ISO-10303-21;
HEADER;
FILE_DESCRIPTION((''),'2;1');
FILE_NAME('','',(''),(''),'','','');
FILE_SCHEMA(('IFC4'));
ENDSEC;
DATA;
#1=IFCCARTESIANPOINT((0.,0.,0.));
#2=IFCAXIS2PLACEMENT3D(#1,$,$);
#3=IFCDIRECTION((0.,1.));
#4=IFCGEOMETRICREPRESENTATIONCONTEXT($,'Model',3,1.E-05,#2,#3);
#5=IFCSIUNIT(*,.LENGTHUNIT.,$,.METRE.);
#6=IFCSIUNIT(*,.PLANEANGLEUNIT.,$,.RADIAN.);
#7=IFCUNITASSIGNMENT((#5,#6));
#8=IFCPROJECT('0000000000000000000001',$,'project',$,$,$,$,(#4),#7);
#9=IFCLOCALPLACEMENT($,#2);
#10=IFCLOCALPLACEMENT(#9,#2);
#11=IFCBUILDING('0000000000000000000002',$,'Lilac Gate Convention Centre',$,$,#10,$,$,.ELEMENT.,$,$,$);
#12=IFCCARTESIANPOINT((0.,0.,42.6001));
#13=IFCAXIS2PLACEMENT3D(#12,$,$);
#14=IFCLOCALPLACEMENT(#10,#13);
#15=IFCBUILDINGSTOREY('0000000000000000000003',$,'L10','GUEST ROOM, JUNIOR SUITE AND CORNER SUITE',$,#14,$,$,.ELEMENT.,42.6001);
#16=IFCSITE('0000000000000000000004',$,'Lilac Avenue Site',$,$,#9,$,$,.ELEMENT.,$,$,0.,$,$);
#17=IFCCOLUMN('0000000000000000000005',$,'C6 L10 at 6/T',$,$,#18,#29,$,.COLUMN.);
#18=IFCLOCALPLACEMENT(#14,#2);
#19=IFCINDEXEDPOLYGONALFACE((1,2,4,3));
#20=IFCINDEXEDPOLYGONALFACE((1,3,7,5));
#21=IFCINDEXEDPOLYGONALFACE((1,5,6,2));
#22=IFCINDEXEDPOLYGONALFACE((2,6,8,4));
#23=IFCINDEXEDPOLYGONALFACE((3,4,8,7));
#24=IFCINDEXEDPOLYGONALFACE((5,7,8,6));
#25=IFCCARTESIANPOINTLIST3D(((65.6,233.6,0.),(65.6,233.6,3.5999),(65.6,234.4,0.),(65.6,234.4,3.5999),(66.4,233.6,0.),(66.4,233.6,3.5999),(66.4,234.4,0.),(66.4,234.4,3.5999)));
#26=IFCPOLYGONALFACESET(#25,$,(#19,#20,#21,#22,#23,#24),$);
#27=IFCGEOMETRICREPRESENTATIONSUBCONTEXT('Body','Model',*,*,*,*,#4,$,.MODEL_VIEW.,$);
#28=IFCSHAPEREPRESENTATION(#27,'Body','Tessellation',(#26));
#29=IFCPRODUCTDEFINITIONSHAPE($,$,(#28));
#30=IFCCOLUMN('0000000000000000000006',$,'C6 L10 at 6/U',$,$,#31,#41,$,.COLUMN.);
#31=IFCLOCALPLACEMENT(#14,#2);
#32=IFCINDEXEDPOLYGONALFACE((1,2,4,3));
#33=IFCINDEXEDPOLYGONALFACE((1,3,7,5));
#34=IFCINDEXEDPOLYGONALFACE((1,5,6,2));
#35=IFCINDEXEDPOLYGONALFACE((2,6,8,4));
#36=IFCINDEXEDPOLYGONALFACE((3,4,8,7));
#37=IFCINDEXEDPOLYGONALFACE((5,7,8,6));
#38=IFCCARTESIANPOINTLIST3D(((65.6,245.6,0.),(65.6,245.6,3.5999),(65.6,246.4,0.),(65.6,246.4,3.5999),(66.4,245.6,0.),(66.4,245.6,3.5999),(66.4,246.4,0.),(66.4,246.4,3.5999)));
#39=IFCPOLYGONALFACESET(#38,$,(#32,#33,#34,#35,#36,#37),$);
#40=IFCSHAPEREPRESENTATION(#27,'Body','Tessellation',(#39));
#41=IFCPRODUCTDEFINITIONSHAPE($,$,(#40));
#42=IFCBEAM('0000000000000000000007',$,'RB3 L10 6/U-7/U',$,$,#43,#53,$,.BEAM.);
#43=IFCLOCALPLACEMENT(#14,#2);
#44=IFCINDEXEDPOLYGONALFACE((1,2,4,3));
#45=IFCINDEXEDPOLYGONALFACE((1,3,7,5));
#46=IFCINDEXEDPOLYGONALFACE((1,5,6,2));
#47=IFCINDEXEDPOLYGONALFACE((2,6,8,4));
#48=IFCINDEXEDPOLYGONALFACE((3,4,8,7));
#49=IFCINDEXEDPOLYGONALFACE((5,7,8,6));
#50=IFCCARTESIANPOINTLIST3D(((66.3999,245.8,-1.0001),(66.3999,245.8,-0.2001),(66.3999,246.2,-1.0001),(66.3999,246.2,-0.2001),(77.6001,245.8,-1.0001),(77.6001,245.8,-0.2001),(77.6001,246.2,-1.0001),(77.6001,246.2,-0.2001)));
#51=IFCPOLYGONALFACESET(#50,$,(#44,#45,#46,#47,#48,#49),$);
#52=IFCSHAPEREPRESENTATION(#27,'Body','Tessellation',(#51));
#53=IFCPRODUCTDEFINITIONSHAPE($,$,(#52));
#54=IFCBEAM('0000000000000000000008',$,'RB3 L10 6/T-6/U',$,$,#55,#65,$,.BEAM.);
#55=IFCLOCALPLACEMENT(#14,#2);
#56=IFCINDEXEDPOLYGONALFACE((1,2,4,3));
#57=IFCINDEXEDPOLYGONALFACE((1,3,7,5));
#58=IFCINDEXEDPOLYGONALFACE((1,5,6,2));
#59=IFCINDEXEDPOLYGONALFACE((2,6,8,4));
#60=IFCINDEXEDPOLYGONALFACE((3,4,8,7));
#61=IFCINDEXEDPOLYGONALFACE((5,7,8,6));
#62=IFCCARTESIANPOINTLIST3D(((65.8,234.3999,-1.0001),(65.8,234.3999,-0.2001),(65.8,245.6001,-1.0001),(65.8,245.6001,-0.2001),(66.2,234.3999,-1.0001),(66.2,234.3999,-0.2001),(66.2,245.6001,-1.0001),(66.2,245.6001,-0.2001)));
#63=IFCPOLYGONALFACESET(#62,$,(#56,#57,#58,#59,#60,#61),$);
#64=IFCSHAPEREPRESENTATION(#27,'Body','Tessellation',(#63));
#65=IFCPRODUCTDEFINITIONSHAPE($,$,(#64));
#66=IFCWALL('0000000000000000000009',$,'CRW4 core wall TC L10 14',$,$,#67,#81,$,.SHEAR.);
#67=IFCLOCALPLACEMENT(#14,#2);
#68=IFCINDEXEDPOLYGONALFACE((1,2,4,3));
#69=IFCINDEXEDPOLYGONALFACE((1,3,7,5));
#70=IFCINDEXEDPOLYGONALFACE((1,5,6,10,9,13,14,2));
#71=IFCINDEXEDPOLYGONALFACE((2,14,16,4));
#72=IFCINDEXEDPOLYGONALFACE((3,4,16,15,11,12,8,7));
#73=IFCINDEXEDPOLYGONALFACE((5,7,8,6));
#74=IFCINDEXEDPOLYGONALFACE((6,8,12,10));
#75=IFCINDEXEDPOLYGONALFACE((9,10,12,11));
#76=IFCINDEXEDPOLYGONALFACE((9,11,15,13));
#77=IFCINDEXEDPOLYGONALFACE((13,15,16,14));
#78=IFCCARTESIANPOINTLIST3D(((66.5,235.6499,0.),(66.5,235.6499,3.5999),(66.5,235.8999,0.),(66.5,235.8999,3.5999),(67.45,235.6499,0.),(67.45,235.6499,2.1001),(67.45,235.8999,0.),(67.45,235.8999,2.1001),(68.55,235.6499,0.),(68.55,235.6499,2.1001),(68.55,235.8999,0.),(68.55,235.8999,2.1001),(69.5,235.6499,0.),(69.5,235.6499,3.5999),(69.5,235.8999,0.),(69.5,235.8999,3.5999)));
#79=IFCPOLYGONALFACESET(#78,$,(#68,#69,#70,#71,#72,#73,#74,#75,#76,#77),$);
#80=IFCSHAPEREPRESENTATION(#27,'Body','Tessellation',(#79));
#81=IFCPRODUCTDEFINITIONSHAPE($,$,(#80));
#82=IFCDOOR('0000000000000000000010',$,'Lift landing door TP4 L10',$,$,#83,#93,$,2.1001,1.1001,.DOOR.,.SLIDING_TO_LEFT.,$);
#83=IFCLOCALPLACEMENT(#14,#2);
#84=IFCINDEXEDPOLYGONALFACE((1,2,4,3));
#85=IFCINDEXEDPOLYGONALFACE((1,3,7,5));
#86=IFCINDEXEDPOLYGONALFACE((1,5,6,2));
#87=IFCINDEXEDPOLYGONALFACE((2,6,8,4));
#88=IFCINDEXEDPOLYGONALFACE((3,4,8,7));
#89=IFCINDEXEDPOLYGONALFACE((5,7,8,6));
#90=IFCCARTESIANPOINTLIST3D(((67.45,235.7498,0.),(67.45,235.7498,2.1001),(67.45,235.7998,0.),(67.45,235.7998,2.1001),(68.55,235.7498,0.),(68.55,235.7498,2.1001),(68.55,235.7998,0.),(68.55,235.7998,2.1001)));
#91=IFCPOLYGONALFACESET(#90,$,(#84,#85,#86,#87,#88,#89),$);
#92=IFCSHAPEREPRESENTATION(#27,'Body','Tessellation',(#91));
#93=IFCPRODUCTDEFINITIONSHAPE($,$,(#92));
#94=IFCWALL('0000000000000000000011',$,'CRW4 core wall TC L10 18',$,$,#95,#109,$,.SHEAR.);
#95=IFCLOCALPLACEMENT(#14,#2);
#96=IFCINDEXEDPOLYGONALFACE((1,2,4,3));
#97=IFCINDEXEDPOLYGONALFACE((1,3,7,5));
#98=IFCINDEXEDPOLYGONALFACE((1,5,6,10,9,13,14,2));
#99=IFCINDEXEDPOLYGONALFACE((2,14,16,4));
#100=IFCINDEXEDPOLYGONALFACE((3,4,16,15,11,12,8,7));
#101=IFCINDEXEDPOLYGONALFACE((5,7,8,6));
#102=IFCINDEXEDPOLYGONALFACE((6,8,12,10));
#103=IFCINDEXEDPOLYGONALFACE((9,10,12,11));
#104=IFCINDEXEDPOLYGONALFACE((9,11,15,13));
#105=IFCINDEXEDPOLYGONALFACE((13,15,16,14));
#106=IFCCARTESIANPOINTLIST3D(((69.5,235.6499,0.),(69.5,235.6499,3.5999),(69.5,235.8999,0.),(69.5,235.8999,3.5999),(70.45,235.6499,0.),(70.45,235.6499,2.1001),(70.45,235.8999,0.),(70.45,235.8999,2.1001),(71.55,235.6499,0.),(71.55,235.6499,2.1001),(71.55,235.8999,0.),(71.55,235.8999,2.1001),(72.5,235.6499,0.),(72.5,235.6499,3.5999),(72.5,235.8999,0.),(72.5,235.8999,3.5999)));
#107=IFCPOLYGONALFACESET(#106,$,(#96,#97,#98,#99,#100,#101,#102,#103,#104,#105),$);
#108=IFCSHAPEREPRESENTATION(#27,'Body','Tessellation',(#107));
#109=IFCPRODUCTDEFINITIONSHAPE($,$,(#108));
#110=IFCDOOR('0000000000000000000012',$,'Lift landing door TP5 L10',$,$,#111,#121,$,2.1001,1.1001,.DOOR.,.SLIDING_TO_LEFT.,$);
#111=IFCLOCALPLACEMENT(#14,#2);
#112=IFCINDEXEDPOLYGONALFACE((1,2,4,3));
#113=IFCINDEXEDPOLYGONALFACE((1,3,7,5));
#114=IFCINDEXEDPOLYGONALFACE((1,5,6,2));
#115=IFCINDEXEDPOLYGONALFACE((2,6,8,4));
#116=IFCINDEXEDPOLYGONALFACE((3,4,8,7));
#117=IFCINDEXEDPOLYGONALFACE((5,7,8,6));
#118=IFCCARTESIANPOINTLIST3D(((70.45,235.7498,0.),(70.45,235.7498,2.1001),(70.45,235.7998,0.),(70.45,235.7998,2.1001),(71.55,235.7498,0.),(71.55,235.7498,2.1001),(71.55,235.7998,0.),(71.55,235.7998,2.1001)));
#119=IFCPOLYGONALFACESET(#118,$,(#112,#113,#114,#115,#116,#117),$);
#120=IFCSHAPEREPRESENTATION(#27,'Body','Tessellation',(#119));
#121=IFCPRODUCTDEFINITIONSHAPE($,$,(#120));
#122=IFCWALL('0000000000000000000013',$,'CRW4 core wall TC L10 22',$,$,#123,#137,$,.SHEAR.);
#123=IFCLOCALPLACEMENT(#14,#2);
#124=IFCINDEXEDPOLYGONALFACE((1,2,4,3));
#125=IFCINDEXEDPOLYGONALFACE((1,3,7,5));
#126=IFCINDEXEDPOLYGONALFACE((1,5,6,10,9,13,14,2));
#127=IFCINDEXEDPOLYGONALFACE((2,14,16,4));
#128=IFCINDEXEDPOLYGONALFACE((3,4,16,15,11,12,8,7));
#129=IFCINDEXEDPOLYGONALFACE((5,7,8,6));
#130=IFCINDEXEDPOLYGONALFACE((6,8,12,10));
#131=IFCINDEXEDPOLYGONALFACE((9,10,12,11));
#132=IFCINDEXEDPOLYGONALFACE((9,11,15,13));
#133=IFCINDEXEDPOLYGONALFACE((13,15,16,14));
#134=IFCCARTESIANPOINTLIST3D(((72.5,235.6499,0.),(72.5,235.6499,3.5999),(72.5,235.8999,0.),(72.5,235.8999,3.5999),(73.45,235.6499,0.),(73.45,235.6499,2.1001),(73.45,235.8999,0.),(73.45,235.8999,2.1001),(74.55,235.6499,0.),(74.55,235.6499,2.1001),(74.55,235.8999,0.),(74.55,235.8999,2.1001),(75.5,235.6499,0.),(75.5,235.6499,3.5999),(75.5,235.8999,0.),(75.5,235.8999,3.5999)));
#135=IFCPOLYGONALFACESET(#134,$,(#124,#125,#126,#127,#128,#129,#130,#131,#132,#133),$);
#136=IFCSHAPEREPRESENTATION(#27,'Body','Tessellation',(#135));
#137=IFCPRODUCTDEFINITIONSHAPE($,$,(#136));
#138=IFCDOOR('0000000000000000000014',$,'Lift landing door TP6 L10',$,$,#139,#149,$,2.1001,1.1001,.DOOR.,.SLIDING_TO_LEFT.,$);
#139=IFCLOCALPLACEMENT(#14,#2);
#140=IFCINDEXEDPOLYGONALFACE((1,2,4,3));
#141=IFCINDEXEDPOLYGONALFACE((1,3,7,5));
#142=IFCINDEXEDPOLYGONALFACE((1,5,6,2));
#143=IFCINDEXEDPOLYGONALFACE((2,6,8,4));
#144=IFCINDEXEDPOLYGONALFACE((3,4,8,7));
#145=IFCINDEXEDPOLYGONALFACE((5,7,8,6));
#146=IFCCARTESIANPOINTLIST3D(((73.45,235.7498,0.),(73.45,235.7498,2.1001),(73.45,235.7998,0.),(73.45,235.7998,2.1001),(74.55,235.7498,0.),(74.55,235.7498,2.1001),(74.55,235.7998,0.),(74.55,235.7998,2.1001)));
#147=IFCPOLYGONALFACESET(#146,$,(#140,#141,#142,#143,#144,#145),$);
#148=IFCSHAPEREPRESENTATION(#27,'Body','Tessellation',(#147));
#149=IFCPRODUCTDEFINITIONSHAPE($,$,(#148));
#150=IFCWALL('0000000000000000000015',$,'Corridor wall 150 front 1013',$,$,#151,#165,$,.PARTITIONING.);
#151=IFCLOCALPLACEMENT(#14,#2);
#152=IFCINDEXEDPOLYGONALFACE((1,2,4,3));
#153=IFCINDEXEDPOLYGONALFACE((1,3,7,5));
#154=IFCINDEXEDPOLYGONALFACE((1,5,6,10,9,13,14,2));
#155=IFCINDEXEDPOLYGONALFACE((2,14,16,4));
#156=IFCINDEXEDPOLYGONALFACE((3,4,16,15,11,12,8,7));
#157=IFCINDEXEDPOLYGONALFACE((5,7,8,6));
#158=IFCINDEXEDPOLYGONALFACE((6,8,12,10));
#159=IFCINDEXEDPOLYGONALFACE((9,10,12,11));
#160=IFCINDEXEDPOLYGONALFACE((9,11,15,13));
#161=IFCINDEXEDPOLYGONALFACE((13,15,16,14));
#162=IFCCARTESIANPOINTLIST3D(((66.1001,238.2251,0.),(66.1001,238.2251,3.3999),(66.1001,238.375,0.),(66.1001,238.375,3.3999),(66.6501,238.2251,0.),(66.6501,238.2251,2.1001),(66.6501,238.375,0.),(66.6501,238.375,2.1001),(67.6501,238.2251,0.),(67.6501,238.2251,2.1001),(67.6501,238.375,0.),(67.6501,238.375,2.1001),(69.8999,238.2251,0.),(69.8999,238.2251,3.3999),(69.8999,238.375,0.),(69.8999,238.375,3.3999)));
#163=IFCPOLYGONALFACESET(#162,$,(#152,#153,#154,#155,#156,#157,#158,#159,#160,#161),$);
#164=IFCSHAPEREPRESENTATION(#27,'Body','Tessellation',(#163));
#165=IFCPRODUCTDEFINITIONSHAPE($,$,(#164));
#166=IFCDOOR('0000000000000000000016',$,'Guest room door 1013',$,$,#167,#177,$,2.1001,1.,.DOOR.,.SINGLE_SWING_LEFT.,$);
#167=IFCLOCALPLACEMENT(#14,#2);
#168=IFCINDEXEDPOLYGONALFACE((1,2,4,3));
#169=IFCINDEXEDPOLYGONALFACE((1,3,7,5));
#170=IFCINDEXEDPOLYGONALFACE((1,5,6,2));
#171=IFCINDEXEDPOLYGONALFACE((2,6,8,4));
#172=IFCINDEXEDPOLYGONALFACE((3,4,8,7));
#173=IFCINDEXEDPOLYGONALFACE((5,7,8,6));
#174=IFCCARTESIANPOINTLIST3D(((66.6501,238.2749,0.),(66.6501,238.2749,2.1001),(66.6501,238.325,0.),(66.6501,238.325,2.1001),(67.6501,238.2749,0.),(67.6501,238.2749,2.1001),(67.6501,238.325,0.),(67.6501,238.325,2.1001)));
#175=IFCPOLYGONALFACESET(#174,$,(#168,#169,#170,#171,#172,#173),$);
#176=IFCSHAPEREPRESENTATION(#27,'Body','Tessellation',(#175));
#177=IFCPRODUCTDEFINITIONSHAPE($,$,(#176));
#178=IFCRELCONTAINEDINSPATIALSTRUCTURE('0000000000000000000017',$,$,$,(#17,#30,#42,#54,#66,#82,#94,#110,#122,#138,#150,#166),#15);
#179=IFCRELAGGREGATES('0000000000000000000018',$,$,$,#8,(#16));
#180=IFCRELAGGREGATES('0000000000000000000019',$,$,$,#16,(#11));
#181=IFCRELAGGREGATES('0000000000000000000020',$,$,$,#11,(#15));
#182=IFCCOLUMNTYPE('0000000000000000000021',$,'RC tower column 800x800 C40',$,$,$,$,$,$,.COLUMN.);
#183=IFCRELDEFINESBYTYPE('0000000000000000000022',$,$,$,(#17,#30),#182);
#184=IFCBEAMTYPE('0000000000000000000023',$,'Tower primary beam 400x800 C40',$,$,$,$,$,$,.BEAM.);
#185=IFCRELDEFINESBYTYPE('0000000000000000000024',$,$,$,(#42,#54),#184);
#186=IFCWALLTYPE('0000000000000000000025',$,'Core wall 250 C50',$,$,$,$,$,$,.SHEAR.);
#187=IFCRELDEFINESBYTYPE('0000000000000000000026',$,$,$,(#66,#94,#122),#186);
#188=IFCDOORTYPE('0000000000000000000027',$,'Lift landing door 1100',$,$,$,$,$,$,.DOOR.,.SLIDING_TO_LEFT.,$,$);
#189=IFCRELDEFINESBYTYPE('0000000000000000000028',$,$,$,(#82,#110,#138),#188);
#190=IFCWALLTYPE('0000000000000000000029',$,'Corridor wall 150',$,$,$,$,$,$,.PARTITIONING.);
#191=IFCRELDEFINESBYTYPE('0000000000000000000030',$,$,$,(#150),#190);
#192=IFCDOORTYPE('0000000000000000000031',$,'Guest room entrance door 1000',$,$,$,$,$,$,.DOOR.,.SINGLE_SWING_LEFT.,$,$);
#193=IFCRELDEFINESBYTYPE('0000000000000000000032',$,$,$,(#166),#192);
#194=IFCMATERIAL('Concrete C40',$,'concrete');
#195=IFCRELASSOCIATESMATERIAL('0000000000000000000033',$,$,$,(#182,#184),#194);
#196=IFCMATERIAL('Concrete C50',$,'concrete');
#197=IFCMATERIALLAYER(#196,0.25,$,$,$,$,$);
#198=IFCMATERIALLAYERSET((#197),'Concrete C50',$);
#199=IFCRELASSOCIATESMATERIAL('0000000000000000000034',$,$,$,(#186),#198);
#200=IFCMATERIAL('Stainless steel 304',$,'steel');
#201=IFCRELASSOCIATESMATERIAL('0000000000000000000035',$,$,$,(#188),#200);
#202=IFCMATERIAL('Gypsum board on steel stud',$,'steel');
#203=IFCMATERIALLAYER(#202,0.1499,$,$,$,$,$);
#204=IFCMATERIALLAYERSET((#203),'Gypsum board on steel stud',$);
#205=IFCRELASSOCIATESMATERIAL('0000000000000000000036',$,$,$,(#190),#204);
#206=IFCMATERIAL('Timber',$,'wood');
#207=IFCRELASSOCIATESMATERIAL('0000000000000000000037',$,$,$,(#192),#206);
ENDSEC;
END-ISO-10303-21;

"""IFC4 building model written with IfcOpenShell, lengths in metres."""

from ifc_helpers import new_model, si_unit, direction, frame, frame_2d, origin, origin_2d, place, context, subcontext, project, spatial, rectangle, extrude, material, layer, layer_set, material_profile, profile_set, type_object, element, fill, save


model = new_model("IFC4")

# Units and contexts
model_context = context("Model", 3, precision=1e-05, world=origin(), true_north=direction((0.0, 1.0)))
body_context = subcontext(model_context, "Body", "Model", "MODEL_VIEW")
ifc_project = project(units=[si_unit("LENGTHUNIT", "METRE"), si_unit("PLANEANGLEUNIT", "RADIAN")], contexts=[model_context])

# Site, building, storey
site_placement = place(None, origin())
site = spatial("IfcSite", under=ifc_project, at=site_placement, Name="Lilac Avenue Site", CompositionType="ELEMENT", RefElevation=0.0)
building_placement = place(site_placement, origin())
building = spatial("IfcBuilding", under=site, at=building_placement, Name="Lilac Gate Convention Centre", CompositionType="ELEMENT")
storey_placement = place(building_placement, frame((0.0, 0.0, 42.6001)))
storey = spatial("IfcBuildingStorey", under=building, at=storey_placement, Name="L10", Description="GUEST ROOM, JUNIOR SUITE AND CORNER SUITE", CompositionType="ELEMENT", Elevation=42.6001)

# Columns
ifc_material_1 = material(Name="Concrete C40", Category="concrete")
ifc_material_profile_1 = material_profile(ifc_material_1, rectangle(XDim=0.8, YDim=0.8, at=origin_2d()), Name="RC 800x800")
ifc_profile_set_1 = profile_set([ifc_material_profile_1], Name="Concrete C40")
column_type = type_object("IfcColumnType", Name="RC tower column 800x800 C40", PredefinedType="COLUMN", material=ifc_profile_set_1)
for number, where, z_axis, x_axis, name in (
    (1, (66.0, 234.0, 0.0), (0.0, 0.0, 1.0), (1.0, 0.0, 0.0), "C6 L10 at 6/T"),
    (2, (66.0, 246.0, 0.0), (0.0, 0.0, 1.0), (1.0, 0.0, 0.0), "C6 L10 at 6/U"),
):
    element("IfcColumn", number, at=place(storey_placement, frame(where, z_axis=z_axis, x_axis=x_axis)), inside=storey, type_object=column_type, Name=name, PredefinedType="COLUMN", context=body_context, shape_type="SweptSolid", body=[
        extrude(rectangle(XDim=0.8, YDim=0.8, at=origin_2d()), origin(), (0.0, 0.0, 1.0), 3.5999),
    ])

# Beams
ifc_material_profile_2 = material_profile(ifc_material_1, rectangle(XDim=0.3999, YDim=0.8, at=origin_2d()), Name="RC 400x800")
ifc_profile_set_2 = profile_set([ifc_material_profile_2], Name="Concrete C40")
beam_type = type_object("IfcBeamType", Name="Tower primary beam 400x800 C40", PredefinedType="BEAM", material=ifc_profile_set_2)
for number, where, z_axis, x_axis, name in (
    (3, (66.3999, 246.0, -0.6001), (1.0, 0.0, 0.0), (0.0, 1.0, 0.0), "RB3 L10 6/U-7/U"),
    (4, (66.0, 234.3999, -0.6001), (0.0, 1.0, 0.0), (-1.0, 0.0, 0.0), "RB3 L10 6/T-6/U"),
):
    element("IfcBeam", number, at=place(storey_placement, frame(where, z_axis=z_axis, x_axis=x_axis)), inside=storey, type_object=beam_type, Name=name, PredefinedType="BEAM", context=body_context, shape_type="SweptSolid", body=[
        extrude(rectangle(XDim=0.3999, YDim=0.8, at=origin_2d()), origin(), (0.0, 0.0, 1.0), 11.2002),
    ])

# Walls, openings, doors
ifc_material_2 = material(Name="Concrete C50", Category="concrete")
ifc_layer_1 = layer(ifc_material_2, 0.25)
ifc_layer_set_1 = layer_set([ifc_layer_1], Name="Concrete C50")
wall_type_1 = type_object("IfcWallType", Name="Core wall 250 C50", PredefinedType="SHEAR", material=ifc_layer_set_1)
wall_1_placement = place(storey_placement, frame((66.5, 235.7749, 0.0), z_axis=(0.0, 0.0, 1.0), x_axis=(1.0, 0.0, 0.0)))
wall_1 = element("IfcWall", 5, at=wall_1_placement, inside=storey, type_object=wall_type_1, Name="CRW4 core wall TC L10 14", PredefinedType="SHEAR", context=body_context, shape_type="SweptSolid", body=[
    extrude(rectangle(XDim=3.0, YDim=0.25, at=frame_2d((1.5, 0.0))), origin(), (0.0, 0.0, 1.0), 3.5999),
])
opening_1_placement = place(wall_1_placement, frame((0.95, 0.0, 0.0)))
opening_1 = element("IfcOpeningElement", 6, at=opening_1_placement, cuts=wall_1, PredefinedType="OPENING", context=body_context, shape_type="SweptSolid", body=[
    extrude(rectangle(XDim=1.1001, YDim=2.1001, at=frame_2d((0.55, 1.05))), frame((0.0, 0.135, 0.0), z_axis=(0.0, -1.0, 0.0), x_axis=(1.0, 0.0, 0.0)), (0.0, 0.0, 1.0), 0.27),
])
ifc_material_3 = material(Name="Stainless steel 304", Category="steel")
door_type_1 = type_object("IfcDoorType", Name="Lift landing door 1100", OperationType="SLIDING_TO_LEFT", PredefinedType="DOOR", material=ifc_material_3)
door_1_placement = place(opening_1_placement, origin())
door_1 = element("IfcDoor", 7, at=door_1_placement, inside=storey, type_object=door_type_1, Name="Lift landing door TP4 L10", OperationType="SLIDING_TO_LEFT", OverallHeight=2.1001, OverallWidth=1.1001, PredefinedType="DOOR", context=body_context, shape_type="SweptSolid", body=[
    extrude(rectangle(XDim=1.1001, YDim=2.1001, at=frame_2d((0.55, 1.05))), frame((0.0, 0.0249, 0.0), z_axis=(0.0, -1.0, 0.0), x_axis=(1.0, 0.0, 0.0)), (0.0, 0.0, 1.0), 0.05),
])
fill(opening_1, door_1)
wall_2_placement = place(storey_placement, frame((69.5, 235.7749, 0.0), z_axis=(0.0, 0.0, 1.0), x_axis=(1.0, 0.0, 0.0)))
wall_2 = element("IfcWall", 8, at=wall_2_placement, inside=storey, type_object=wall_type_1, Name="CRW4 core wall TC L10 18", PredefinedType="SHEAR", context=body_context, shape_type="SweptSolid", body=[
    extrude(rectangle(XDim=3.0, YDim=0.25, at=frame_2d((1.5, 0.0))), origin(), (0.0, 0.0, 1.0), 3.5999),
])
opening_2_placement = place(wall_2_placement, frame((0.95, 0.0, 0.0)))
opening_2 = element("IfcOpeningElement", 9, at=opening_2_placement, cuts=wall_2, PredefinedType="OPENING", context=body_context, shape_type="SweptSolid", body=[
    extrude(rectangle(XDim=1.1001, YDim=2.1001, at=frame_2d((0.55, 1.05))), frame((0.0, 0.135, 0.0), z_axis=(0.0, -1.0, 0.0), x_axis=(1.0, 0.0, 0.0)), (0.0, 0.0, 1.0), 0.27),
])
door_2_placement = place(opening_2_placement, origin())
door_2 = element("IfcDoor", 10, at=door_2_placement, inside=storey, type_object=door_type_1, Name="Lift landing door TP5 L10", OperationType="SLIDING_TO_LEFT", OverallHeight=2.1001, OverallWidth=1.1001, PredefinedType="DOOR", context=body_context, shape_type="SweptSolid", body=[
    extrude(rectangle(XDim=1.1001, YDim=2.1001, at=frame_2d((0.55, 1.05))), frame((0.0, 0.0249, 0.0), z_axis=(0.0, -1.0, 0.0), x_axis=(1.0, 0.0, 0.0)), (0.0, 0.0, 1.0), 0.05),
])
fill(opening_2, door_2)
wall_3_placement = place(storey_placement, frame((72.5, 235.7749, 0.0), z_axis=(0.0, 0.0, 1.0), x_axis=(1.0, 0.0, 0.0)))
wall_3 = element("IfcWall", 11, at=wall_3_placement, inside=storey, type_object=wall_type_1, Name="CRW4 core wall TC L10 22", PredefinedType="SHEAR", context=body_context, shape_type="SweptSolid", body=[
    extrude(rectangle(XDim=3.0, YDim=0.25, at=frame_2d((1.5, 0.0))), origin(), (0.0, 0.0, 1.0), 3.5999),
])
opening_3_placement = place(wall_3_placement, frame((0.95, 0.0, 0.0)))
opening_3 = element("IfcOpeningElement", 12, at=opening_3_placement, cuts=wall_3, PredefinedType="OPENING", context=body_context, shape_type="SweptSolid", body=[
    extrude(rectangle(XDim=1.1001, YDim=2.1001, at=frame_2d((0.55, 1.05))), frame((0.0, 0.135, 0.0), z_axis=(0.0, -1.0, 0.0), x_axis=(1.0, 0.0, 0.0)), (0.0, 0.0, 1.0), 0.27),
])
door_3_placement = place(opening_3_placement, origin())
door_3 = element("IfcDoor", 13, at=door_3_placement, inside=storey, type_object=door_type_1, Name="Lift landing door TP6 L10", OperationType="SLIDING_TO_LEFT", OverallHeight=2.1001, OverallWidth=1.1001, PredefinedType="DOOR", context=body_context, shape_type="SweptSolid", body=[
    extrude(rectangle(XDim=1.1001, YDim=2.1001, at=frame_2d((0.55, 1.05))), frame((0.0, 0.0249, 0.0), z_axis=(0.0, -1.0, 0.0), x_axis=(1.0, 0.0, 0.0)), (0.0, 0.0, 1.0), 0.05),
])
fill(opening_3, door_3)
ifc_material_4 = material(Name="Gypsum board on steel stud", Category="steel")
ifc_layer_2 = layer(ifc_material_4, 0.1499)
ifc_layer_set_2 = layer_set([ifc_layer_2], Name="Gypsum board on steel stud")
wall_type_2 = type_object("IfcWallType", Name="Corridor wall 150", PredefinedType="PARTITIONING", material=ifc_layer_set_2)
wall_4_placement = place(storey_placement, frame((66.1001, 238.3, 0.0), z_axis=(0.0, 0.0, 1.0), x_axis=(1.0, 0.0, 0.0)))
wall_4 = element("IfcWall", 14, at=wall_4_placement, inside=storey, type_object=wall_type_2, Name="Corridor wall 150 front 1013", PredefinedType="PARTITIONING", context=body_context, shape_type="SweptSolid", body=[
    extrude(rectangle(XDim=3.7998, YDim=0.1499, at=frame_2d((1.8999, 0.0))), origin(), (0.0, 0.0, 1.0), 3.3999),
])
opening_4_placement = place(wall_4_placement, frame((0.55, 0.0, 0.0)))
opening_4 = element("IfcOpeningElement", 15, at=opening_4_placement, cuts=wall_4, PredefinedType="OPENING", context=body_context, shape_type="SweptSolid", body=[
    extrude(rectangle(XDim=1.0, YDim=2.1001, at=frame_2d((0.5, 1.05))), frame((0.0, 0.085, 0.0), z_axis=(0.0, -1.0, 0.0), x_axis=(1.0, 0.0, 0.0)), (0.0, 0.0, 1.0), 0.1699),
])
ifc_material_5 = material(Name="Timber", Category="wood")
door_type_2 = type_object("IfcDoorType", Name="Guest room entrance door 1000", OperationType="SINGLE_SWING_LEFT", PredefinedType="DOOR", material=ifc_material_5)
door_4_placement = place(opening_4_placement, origin())
door_4 = element("IfcDoor", 16, at=door_4_placement, inside=storey, type_object=door_type_2, Name="Guest room door 1013", OperationType="SINGLE_SWING_LEFT", OverallHeight=2.1001, OverallWidth=1.0, PredefinedType="DOOR", context=body_context, shape_type="SweptSolid", body=[
    extrude(rectangle(XDim=1.0, YDim=2.1001, at=frame_2d((0.5, 1.05))), frame((0.0, 0.0249, 0.0), z_axis=(0.0, -1.0, 0.0), x_axis=(1.0, 0.0, 0.0)), (0.0, 0.0, 1.0), 0.05),
])
fill(opening_4, door_4)

save(model, "model.ifc")
